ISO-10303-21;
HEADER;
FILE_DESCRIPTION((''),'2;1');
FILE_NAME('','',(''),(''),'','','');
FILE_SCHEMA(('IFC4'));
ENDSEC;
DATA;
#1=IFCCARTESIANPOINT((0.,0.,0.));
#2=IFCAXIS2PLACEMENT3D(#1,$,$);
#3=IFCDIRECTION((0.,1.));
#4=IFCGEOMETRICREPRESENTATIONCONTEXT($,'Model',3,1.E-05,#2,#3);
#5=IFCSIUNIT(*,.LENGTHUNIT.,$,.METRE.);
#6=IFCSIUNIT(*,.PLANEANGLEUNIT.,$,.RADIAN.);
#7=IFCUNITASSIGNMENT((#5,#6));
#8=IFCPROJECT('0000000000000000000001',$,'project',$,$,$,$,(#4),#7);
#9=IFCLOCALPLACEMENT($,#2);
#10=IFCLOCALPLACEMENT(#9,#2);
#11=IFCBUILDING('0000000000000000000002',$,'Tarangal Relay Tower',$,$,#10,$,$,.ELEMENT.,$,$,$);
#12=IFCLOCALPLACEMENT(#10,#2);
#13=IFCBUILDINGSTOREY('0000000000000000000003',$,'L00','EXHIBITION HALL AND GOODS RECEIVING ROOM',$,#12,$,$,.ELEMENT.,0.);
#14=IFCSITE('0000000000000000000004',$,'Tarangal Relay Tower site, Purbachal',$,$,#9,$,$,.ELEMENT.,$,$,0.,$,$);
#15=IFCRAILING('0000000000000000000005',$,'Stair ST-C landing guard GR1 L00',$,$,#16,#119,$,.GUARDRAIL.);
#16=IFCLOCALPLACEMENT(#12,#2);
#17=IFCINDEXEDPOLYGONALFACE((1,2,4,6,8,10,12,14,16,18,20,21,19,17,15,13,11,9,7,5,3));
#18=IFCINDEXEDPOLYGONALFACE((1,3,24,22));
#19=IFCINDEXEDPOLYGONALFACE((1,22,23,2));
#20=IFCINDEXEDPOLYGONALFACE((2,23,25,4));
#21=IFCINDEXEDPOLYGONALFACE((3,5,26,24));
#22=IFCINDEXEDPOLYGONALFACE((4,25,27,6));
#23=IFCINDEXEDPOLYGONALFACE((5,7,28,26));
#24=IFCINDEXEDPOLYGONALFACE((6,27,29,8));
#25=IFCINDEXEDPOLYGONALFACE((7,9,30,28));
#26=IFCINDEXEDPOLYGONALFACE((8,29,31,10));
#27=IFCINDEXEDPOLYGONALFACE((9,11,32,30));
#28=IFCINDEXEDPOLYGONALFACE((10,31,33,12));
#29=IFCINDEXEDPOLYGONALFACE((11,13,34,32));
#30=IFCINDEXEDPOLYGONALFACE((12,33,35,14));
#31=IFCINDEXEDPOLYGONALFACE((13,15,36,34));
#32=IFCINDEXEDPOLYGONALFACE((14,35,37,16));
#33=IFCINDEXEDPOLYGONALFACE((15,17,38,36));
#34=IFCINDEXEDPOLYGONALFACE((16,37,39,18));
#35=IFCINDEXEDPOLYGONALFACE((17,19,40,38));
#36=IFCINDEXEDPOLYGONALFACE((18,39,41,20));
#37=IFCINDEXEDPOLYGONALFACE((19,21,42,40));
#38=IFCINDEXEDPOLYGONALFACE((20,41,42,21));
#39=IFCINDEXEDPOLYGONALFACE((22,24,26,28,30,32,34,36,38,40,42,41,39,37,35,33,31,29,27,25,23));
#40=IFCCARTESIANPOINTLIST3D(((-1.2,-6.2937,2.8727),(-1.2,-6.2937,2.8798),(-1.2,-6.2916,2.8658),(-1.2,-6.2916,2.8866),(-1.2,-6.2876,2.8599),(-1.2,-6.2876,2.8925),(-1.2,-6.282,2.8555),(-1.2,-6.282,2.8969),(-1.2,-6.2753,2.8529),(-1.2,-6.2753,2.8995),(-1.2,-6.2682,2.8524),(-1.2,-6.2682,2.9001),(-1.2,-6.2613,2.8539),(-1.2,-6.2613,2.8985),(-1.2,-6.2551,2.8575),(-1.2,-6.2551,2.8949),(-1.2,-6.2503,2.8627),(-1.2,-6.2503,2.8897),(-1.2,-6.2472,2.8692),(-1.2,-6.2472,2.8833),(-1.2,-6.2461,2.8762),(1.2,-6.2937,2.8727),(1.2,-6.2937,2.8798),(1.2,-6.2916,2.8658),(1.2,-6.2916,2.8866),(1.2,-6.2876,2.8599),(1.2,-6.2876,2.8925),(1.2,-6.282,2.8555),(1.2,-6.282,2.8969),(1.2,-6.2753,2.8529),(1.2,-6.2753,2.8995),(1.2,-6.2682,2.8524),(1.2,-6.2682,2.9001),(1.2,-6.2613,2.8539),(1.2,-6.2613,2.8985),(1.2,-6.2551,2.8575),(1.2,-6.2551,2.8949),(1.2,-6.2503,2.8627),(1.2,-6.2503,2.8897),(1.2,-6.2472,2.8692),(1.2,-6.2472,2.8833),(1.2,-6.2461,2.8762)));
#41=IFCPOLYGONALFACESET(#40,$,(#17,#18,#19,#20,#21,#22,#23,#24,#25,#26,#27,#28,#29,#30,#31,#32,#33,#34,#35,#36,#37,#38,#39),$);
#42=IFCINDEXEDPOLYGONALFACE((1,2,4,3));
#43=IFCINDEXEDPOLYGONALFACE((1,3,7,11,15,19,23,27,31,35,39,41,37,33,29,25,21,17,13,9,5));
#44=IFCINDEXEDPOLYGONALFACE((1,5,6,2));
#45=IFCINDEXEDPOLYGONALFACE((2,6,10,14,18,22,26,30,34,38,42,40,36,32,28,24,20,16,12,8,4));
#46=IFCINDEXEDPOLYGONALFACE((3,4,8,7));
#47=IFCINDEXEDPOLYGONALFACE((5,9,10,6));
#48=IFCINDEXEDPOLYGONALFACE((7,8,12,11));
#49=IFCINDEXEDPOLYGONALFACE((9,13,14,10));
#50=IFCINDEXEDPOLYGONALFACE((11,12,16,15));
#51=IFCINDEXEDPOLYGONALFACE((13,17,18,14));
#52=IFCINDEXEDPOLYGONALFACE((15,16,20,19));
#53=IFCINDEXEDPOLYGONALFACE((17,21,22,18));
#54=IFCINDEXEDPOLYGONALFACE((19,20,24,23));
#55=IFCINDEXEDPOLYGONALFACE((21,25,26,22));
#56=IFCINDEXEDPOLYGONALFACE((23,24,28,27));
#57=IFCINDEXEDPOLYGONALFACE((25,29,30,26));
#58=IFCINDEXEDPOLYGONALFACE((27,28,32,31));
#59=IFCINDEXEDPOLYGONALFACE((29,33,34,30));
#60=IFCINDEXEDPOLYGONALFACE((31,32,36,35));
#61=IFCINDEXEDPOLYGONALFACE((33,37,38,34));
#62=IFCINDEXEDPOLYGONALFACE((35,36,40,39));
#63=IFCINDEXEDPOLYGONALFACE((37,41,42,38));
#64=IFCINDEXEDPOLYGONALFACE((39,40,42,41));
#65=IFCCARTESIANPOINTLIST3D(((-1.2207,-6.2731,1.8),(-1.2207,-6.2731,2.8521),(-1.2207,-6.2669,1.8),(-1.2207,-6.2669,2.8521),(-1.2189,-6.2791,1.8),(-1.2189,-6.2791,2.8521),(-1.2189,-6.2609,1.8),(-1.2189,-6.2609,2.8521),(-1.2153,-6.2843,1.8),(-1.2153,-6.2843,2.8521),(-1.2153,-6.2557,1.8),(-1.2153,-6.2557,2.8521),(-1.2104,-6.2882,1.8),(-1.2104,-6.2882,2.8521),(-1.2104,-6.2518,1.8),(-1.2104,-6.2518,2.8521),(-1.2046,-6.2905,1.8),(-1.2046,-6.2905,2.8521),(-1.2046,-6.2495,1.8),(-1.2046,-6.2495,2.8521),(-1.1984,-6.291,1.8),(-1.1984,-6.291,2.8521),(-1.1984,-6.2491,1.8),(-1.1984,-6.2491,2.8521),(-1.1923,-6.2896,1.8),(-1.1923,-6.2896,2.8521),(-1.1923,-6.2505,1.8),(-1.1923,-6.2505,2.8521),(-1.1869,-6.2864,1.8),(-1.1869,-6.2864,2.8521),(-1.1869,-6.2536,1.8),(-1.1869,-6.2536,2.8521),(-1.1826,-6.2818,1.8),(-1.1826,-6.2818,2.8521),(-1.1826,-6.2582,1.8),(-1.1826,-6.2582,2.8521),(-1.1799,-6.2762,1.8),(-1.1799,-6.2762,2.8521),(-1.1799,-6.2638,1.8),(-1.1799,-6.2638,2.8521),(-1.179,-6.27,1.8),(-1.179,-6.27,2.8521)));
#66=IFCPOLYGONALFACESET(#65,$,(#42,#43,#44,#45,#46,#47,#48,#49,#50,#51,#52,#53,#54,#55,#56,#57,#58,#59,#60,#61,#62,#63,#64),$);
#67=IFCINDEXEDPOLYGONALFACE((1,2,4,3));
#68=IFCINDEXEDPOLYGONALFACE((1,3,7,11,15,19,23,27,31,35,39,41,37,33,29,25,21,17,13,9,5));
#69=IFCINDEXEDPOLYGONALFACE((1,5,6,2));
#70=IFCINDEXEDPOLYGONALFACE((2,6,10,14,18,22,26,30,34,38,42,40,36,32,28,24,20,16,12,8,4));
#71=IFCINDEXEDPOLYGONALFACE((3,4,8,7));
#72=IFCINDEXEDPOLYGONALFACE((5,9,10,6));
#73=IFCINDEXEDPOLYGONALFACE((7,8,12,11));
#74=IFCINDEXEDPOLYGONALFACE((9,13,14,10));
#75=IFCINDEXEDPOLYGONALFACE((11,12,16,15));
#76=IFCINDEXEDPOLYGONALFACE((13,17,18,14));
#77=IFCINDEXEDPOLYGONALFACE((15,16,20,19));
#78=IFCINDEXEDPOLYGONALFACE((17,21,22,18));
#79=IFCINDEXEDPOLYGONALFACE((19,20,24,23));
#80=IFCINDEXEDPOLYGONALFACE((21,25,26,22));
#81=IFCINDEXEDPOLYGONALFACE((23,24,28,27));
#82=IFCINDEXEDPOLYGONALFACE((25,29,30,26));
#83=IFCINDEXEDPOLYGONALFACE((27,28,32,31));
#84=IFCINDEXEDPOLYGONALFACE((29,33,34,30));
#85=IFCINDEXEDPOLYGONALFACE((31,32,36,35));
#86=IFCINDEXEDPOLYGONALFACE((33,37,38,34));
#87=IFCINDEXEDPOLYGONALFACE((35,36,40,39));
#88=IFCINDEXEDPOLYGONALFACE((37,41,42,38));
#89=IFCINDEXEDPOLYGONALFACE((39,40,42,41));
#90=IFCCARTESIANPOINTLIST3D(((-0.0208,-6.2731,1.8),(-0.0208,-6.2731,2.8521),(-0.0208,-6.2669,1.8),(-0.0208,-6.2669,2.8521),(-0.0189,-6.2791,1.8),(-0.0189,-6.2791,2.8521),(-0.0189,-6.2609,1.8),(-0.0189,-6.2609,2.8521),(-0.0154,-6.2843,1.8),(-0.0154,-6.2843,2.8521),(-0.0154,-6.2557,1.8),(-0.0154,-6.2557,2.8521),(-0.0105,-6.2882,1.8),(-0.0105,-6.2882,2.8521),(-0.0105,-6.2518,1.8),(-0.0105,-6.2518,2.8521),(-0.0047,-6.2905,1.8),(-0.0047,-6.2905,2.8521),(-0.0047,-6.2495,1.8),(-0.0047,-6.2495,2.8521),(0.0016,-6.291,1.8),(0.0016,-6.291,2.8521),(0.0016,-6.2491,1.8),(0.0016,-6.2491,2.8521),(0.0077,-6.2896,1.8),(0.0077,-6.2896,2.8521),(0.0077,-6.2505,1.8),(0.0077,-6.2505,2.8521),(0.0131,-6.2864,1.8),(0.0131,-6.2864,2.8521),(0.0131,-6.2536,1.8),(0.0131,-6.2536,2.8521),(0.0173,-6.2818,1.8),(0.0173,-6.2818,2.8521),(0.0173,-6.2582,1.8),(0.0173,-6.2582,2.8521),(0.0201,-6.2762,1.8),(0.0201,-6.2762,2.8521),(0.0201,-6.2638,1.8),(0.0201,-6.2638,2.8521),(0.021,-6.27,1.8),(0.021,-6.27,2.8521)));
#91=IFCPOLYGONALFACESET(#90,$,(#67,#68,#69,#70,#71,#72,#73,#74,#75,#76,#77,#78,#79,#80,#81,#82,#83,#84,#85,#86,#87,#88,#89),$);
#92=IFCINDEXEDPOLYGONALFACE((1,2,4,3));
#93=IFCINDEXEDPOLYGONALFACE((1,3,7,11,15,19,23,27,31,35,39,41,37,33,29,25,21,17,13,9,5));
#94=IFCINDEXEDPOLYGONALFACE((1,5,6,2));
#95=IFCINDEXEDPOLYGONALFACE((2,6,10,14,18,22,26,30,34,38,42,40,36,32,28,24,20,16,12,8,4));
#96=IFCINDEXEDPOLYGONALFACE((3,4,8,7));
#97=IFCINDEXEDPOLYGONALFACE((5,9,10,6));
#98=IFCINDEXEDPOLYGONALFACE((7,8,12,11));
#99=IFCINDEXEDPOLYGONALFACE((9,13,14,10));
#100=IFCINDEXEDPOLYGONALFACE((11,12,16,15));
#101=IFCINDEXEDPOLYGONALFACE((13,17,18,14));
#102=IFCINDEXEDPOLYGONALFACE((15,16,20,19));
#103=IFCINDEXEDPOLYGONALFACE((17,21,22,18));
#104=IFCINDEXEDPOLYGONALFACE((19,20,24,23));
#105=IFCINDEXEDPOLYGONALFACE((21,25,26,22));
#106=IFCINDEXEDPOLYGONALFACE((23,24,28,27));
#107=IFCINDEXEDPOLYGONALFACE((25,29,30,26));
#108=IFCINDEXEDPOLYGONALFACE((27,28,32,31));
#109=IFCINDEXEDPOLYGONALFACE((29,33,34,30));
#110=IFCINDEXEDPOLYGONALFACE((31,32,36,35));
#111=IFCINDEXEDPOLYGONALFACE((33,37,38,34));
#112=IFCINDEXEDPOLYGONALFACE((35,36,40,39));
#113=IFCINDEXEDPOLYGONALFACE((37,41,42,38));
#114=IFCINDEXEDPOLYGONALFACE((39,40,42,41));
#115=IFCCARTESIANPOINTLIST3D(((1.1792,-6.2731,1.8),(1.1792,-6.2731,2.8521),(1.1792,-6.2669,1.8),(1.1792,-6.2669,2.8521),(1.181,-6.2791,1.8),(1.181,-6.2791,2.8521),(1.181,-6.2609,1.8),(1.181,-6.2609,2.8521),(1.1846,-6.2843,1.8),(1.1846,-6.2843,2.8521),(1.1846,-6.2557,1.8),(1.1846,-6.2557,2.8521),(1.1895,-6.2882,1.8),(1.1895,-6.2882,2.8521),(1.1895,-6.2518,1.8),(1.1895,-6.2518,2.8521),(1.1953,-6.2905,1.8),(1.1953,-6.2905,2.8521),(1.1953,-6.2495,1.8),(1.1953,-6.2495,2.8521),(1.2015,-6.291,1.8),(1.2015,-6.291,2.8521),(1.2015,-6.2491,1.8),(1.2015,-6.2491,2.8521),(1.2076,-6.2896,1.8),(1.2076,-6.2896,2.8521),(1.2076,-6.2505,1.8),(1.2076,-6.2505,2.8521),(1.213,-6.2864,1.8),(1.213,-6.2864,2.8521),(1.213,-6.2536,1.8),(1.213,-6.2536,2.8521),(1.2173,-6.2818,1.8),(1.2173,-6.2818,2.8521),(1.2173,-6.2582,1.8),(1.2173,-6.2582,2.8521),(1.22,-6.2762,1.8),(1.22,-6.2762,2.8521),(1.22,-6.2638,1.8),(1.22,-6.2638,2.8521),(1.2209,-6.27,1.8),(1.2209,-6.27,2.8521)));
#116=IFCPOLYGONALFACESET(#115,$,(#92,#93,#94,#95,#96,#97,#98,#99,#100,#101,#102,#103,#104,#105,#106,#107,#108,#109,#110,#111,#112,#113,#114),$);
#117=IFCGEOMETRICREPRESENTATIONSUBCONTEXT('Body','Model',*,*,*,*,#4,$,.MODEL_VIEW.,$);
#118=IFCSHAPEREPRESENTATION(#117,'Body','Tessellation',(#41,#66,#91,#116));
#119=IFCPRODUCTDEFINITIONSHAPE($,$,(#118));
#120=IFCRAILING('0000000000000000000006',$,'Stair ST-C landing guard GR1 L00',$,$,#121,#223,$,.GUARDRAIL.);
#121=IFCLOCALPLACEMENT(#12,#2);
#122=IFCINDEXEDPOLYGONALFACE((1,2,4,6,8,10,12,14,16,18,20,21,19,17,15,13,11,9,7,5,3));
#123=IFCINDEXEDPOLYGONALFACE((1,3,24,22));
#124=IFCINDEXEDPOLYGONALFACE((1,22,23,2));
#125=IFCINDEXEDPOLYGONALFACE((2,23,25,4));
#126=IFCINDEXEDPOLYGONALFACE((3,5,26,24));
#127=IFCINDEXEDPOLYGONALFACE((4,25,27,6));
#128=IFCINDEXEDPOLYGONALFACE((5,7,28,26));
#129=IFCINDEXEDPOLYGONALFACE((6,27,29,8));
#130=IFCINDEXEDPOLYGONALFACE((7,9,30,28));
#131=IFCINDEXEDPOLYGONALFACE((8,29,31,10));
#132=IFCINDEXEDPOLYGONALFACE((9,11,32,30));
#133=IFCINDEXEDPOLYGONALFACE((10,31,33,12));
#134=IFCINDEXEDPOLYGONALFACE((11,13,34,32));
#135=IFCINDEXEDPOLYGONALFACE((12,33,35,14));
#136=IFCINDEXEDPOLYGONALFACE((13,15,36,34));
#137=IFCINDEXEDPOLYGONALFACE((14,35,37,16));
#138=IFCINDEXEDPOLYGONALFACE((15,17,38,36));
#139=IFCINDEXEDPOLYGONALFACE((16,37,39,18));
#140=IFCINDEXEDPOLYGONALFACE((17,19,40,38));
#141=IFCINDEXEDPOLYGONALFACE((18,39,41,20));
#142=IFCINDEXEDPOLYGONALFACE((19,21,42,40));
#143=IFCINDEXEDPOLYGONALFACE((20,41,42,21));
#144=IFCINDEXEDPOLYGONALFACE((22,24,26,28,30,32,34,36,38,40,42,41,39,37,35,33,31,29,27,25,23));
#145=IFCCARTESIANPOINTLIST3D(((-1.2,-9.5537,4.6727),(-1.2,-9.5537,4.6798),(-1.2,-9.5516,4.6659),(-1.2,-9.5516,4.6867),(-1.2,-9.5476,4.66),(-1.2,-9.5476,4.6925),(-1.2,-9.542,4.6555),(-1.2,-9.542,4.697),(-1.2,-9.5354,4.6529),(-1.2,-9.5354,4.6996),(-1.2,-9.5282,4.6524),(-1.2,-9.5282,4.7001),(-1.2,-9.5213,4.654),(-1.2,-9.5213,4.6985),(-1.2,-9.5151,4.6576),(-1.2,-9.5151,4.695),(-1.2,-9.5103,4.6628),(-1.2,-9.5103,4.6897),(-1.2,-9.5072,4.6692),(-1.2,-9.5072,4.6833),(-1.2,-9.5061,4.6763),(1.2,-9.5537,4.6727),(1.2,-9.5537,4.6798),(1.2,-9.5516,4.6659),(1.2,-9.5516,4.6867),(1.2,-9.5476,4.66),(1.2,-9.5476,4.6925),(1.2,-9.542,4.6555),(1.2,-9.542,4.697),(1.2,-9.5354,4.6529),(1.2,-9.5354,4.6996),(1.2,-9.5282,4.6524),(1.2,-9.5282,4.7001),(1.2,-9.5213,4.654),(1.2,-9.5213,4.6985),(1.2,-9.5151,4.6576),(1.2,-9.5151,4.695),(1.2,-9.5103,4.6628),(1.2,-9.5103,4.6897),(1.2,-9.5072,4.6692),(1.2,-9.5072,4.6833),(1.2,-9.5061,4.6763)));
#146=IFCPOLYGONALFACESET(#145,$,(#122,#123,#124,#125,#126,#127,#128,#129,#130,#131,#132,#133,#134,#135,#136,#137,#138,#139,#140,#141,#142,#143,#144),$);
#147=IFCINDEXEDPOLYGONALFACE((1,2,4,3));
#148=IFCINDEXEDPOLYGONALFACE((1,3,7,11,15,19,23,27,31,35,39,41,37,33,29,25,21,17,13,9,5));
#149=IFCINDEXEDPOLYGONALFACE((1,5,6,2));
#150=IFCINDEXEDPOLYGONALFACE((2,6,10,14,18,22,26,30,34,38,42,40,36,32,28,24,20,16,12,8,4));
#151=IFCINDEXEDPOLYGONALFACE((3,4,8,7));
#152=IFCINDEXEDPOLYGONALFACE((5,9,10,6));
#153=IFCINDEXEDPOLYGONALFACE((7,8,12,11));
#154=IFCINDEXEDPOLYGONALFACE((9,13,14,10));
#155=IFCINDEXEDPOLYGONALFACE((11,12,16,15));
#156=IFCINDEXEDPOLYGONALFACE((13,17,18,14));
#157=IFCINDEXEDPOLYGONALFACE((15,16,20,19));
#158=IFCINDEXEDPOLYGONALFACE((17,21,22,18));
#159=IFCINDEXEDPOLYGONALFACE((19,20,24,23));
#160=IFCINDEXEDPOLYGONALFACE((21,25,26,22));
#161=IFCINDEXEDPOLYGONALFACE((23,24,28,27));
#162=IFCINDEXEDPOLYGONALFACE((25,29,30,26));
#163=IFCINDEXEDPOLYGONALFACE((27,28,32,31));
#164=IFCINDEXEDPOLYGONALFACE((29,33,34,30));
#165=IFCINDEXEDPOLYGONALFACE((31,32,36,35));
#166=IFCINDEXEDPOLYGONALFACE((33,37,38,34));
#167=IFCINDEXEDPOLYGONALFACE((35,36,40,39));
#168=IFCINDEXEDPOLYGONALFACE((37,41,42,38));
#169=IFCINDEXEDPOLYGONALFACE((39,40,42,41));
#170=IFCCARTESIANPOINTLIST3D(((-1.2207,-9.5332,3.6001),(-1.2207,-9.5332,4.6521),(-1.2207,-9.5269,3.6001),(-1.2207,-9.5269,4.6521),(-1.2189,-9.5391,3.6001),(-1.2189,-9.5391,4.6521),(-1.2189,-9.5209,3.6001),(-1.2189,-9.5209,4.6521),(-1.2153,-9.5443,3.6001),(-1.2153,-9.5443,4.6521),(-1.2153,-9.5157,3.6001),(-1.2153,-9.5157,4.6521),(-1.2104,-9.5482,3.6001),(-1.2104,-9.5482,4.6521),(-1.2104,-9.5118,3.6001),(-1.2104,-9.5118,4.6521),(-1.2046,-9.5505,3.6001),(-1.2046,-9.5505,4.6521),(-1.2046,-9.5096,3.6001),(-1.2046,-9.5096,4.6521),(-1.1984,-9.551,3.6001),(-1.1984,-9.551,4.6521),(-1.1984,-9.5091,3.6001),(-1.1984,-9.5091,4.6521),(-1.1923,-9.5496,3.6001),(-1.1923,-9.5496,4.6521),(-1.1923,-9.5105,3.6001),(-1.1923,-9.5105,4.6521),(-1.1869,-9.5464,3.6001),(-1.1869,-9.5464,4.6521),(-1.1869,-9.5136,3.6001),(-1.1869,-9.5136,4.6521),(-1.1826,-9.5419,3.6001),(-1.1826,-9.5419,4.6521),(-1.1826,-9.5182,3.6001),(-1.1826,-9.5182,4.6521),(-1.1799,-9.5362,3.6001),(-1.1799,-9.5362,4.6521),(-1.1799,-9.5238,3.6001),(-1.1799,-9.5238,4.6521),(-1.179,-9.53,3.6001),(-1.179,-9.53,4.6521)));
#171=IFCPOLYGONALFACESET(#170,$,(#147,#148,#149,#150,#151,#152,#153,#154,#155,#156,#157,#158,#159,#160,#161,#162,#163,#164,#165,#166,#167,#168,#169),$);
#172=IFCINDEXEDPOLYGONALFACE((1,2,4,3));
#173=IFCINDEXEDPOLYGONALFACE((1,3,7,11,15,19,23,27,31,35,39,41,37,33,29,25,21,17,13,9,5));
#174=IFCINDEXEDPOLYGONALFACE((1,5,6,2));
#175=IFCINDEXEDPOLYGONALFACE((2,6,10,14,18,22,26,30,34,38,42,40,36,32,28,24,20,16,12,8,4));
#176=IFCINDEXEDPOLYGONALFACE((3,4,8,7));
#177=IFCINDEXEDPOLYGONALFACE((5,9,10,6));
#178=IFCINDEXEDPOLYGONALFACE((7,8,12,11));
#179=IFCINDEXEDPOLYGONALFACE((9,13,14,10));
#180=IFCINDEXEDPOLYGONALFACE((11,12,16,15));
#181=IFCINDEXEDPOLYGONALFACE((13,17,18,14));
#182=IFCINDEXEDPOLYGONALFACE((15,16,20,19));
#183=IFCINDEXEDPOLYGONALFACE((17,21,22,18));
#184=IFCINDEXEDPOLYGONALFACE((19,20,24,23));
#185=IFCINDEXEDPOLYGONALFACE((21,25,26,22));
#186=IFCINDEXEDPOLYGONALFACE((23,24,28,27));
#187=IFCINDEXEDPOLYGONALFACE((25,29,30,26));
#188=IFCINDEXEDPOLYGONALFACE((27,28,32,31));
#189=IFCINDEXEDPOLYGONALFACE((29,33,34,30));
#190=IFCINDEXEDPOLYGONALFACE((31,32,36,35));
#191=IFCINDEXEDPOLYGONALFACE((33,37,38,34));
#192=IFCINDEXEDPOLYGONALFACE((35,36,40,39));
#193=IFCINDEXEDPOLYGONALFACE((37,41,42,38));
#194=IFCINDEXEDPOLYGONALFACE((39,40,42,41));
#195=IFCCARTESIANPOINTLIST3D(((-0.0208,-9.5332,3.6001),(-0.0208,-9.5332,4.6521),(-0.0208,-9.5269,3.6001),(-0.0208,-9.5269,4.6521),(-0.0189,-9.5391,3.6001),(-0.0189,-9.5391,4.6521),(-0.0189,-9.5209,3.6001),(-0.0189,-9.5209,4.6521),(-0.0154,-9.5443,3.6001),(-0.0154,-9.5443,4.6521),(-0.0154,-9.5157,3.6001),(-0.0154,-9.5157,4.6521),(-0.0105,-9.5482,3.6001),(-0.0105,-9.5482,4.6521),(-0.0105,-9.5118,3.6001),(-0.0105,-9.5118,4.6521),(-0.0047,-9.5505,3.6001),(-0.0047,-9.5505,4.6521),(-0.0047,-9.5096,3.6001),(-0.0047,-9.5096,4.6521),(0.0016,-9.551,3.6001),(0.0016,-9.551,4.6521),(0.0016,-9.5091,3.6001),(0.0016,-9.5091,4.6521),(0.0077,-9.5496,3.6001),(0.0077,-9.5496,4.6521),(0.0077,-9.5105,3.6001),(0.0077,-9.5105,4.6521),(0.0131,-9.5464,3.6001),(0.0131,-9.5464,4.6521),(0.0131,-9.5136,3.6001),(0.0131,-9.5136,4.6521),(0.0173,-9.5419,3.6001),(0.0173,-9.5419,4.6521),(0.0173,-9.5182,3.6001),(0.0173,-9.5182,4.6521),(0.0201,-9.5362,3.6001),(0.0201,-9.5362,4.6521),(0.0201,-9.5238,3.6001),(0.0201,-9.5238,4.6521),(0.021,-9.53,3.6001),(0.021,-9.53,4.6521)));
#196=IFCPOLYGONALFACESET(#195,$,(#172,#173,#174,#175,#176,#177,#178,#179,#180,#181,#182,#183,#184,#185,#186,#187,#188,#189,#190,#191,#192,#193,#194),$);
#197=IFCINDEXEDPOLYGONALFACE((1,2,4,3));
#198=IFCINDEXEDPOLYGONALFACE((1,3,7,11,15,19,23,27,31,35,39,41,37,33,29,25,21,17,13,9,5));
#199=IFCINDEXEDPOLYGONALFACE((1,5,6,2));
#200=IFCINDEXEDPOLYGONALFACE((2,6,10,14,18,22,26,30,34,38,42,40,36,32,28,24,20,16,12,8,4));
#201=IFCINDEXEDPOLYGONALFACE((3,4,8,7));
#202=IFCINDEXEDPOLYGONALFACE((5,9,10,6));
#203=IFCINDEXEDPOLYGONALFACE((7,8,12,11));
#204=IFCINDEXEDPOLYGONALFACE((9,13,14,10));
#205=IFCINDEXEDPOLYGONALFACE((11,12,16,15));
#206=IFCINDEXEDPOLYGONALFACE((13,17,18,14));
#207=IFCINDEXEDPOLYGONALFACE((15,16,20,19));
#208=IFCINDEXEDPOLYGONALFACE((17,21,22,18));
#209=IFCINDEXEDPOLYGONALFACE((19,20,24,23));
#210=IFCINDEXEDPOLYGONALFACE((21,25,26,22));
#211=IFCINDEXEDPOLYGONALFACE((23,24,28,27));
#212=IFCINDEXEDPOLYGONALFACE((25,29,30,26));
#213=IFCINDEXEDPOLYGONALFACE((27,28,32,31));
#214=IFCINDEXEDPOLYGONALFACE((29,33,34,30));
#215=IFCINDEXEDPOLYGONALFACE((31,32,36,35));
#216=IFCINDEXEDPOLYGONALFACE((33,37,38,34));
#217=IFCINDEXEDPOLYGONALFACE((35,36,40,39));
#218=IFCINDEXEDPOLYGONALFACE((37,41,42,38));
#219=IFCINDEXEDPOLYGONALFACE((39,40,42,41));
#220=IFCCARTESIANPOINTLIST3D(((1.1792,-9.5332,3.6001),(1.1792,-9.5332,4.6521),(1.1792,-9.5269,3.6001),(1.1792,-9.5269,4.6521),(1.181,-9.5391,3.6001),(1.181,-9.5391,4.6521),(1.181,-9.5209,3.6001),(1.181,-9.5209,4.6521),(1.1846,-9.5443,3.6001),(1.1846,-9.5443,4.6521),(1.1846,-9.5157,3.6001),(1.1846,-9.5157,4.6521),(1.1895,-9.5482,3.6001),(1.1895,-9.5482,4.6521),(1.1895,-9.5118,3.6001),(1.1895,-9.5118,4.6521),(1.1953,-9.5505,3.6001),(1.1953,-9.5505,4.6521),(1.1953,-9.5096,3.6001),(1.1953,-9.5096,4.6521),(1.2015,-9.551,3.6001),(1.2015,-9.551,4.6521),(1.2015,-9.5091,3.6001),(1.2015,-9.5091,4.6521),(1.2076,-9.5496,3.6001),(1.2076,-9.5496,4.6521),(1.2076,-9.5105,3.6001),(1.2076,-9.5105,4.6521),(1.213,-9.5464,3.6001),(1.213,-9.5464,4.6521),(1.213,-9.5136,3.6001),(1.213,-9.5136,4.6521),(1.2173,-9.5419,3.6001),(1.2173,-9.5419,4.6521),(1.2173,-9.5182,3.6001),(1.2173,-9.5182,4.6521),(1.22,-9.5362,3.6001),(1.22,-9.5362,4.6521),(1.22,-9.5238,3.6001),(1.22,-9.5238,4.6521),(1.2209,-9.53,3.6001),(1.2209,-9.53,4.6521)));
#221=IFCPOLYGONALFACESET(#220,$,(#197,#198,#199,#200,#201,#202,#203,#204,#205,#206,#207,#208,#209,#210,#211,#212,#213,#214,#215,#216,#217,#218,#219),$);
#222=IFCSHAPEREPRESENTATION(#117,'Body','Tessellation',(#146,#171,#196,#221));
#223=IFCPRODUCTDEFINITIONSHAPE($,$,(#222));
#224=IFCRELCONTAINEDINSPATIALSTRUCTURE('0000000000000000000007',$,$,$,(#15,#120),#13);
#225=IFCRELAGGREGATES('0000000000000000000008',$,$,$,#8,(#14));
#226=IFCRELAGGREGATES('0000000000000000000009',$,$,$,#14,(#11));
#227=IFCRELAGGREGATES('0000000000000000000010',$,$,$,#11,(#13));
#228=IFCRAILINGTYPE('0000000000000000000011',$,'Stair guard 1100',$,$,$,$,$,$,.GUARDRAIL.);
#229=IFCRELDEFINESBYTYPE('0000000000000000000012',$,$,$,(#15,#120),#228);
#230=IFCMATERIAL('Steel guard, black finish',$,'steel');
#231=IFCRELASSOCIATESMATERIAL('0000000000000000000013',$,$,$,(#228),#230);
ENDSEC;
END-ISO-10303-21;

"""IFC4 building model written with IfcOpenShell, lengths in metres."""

from ifc_helpers import new_model, si_unit, direction, frame, origin, origin_2d, place, context, subcontext, project, spatial, circle, extrude, material, type_object, element, save


model = new_model("IFC4")

# Units and contexts
model_context = context("Model", 3, precision=1e-05, world=origin(), true_north=direction((0.0, 1.0)))
body_context = subcontext(model_context, "Body", "Model", "MODEL_VIEW")
ifc_project = project(units=[si_unit("LENGTHUNIT", "METRE"), si_unit("PLANEANGLEUNIT", "RADIAN")], contexts=[model_context])

# Site, building, storey
site_placement = place(None, origin())
site = spatial("IfcSite", under=ifc_project, at=site_placement, Name="Tarangal Relay Tower site, Purbachal", CompositionType="ELEMENT", RefElevation=0.0)
building_placement = place(site_placement, origin())
building = spatial("IfcBuilding", under=site, at=building_placement, Name="Tarangal Relay Tower", CompositionType="ELEMENT")
storey_placement = place(building_placement, origin())
storey = spatial("IfcBuildingStorey", under=building, at=storey_placement, Name="L00", Description="EXHIBITION HALL AND GOODS RECEIVING ROOM", CompositionType="ELEMENT", Elevation=0.0)

# Railings
ifc_material_1 = material(Name="Steel guard, black finish", Category="steel")
railing_type_1 = type_object("IfcRailingType", Name="Stair guard 1100", PredefinedType="GUARDRAIL", material=ifc_material_1)
for number, where, name in (
    (1, (-1.2, -6.27, 1.8), "Stair ST-C landing guard GR1 L00"),
    (2, (-1.2, -9.53, 3.6001), "Stair ST-C landing guard GR1 L00"),
):
    element("IfcRailing", number, at=place(storey_placement, frame(where)), inside=storey, type_object=railing_type_1, Name=name, PredefinedType="GUARDRAIL", context=body_context, shape_type="SweptSolid", body=[
        extrude(circle(Radius=0.0239, at=origin_2d()), frame((0.0, 0.0, 1.0762), z_axis=(1.0, 0.0, 0.0), x_axis=(0.0, 1.0, 0.0)), (0.0, 0.0, 1.0), 2.3999),
        extrude(circle(Radius=0.021, at=origin_2d()), origin(), (0.0, 0.0, 1.0), 1.052),
        extrude(circle(Radius=0.021, at=origin_2d()), frame((1.2, 0.0, 0.0)), (0.0, 0.0, 1.0), 1.052),
        extrude(circle(Radius=0.021, at=origin_2d()), frame((2.3999, 0.0, 0.0)), (0.0, 0.0, 1.0), 1.052),
    ])

save(model, "model.ifc")
